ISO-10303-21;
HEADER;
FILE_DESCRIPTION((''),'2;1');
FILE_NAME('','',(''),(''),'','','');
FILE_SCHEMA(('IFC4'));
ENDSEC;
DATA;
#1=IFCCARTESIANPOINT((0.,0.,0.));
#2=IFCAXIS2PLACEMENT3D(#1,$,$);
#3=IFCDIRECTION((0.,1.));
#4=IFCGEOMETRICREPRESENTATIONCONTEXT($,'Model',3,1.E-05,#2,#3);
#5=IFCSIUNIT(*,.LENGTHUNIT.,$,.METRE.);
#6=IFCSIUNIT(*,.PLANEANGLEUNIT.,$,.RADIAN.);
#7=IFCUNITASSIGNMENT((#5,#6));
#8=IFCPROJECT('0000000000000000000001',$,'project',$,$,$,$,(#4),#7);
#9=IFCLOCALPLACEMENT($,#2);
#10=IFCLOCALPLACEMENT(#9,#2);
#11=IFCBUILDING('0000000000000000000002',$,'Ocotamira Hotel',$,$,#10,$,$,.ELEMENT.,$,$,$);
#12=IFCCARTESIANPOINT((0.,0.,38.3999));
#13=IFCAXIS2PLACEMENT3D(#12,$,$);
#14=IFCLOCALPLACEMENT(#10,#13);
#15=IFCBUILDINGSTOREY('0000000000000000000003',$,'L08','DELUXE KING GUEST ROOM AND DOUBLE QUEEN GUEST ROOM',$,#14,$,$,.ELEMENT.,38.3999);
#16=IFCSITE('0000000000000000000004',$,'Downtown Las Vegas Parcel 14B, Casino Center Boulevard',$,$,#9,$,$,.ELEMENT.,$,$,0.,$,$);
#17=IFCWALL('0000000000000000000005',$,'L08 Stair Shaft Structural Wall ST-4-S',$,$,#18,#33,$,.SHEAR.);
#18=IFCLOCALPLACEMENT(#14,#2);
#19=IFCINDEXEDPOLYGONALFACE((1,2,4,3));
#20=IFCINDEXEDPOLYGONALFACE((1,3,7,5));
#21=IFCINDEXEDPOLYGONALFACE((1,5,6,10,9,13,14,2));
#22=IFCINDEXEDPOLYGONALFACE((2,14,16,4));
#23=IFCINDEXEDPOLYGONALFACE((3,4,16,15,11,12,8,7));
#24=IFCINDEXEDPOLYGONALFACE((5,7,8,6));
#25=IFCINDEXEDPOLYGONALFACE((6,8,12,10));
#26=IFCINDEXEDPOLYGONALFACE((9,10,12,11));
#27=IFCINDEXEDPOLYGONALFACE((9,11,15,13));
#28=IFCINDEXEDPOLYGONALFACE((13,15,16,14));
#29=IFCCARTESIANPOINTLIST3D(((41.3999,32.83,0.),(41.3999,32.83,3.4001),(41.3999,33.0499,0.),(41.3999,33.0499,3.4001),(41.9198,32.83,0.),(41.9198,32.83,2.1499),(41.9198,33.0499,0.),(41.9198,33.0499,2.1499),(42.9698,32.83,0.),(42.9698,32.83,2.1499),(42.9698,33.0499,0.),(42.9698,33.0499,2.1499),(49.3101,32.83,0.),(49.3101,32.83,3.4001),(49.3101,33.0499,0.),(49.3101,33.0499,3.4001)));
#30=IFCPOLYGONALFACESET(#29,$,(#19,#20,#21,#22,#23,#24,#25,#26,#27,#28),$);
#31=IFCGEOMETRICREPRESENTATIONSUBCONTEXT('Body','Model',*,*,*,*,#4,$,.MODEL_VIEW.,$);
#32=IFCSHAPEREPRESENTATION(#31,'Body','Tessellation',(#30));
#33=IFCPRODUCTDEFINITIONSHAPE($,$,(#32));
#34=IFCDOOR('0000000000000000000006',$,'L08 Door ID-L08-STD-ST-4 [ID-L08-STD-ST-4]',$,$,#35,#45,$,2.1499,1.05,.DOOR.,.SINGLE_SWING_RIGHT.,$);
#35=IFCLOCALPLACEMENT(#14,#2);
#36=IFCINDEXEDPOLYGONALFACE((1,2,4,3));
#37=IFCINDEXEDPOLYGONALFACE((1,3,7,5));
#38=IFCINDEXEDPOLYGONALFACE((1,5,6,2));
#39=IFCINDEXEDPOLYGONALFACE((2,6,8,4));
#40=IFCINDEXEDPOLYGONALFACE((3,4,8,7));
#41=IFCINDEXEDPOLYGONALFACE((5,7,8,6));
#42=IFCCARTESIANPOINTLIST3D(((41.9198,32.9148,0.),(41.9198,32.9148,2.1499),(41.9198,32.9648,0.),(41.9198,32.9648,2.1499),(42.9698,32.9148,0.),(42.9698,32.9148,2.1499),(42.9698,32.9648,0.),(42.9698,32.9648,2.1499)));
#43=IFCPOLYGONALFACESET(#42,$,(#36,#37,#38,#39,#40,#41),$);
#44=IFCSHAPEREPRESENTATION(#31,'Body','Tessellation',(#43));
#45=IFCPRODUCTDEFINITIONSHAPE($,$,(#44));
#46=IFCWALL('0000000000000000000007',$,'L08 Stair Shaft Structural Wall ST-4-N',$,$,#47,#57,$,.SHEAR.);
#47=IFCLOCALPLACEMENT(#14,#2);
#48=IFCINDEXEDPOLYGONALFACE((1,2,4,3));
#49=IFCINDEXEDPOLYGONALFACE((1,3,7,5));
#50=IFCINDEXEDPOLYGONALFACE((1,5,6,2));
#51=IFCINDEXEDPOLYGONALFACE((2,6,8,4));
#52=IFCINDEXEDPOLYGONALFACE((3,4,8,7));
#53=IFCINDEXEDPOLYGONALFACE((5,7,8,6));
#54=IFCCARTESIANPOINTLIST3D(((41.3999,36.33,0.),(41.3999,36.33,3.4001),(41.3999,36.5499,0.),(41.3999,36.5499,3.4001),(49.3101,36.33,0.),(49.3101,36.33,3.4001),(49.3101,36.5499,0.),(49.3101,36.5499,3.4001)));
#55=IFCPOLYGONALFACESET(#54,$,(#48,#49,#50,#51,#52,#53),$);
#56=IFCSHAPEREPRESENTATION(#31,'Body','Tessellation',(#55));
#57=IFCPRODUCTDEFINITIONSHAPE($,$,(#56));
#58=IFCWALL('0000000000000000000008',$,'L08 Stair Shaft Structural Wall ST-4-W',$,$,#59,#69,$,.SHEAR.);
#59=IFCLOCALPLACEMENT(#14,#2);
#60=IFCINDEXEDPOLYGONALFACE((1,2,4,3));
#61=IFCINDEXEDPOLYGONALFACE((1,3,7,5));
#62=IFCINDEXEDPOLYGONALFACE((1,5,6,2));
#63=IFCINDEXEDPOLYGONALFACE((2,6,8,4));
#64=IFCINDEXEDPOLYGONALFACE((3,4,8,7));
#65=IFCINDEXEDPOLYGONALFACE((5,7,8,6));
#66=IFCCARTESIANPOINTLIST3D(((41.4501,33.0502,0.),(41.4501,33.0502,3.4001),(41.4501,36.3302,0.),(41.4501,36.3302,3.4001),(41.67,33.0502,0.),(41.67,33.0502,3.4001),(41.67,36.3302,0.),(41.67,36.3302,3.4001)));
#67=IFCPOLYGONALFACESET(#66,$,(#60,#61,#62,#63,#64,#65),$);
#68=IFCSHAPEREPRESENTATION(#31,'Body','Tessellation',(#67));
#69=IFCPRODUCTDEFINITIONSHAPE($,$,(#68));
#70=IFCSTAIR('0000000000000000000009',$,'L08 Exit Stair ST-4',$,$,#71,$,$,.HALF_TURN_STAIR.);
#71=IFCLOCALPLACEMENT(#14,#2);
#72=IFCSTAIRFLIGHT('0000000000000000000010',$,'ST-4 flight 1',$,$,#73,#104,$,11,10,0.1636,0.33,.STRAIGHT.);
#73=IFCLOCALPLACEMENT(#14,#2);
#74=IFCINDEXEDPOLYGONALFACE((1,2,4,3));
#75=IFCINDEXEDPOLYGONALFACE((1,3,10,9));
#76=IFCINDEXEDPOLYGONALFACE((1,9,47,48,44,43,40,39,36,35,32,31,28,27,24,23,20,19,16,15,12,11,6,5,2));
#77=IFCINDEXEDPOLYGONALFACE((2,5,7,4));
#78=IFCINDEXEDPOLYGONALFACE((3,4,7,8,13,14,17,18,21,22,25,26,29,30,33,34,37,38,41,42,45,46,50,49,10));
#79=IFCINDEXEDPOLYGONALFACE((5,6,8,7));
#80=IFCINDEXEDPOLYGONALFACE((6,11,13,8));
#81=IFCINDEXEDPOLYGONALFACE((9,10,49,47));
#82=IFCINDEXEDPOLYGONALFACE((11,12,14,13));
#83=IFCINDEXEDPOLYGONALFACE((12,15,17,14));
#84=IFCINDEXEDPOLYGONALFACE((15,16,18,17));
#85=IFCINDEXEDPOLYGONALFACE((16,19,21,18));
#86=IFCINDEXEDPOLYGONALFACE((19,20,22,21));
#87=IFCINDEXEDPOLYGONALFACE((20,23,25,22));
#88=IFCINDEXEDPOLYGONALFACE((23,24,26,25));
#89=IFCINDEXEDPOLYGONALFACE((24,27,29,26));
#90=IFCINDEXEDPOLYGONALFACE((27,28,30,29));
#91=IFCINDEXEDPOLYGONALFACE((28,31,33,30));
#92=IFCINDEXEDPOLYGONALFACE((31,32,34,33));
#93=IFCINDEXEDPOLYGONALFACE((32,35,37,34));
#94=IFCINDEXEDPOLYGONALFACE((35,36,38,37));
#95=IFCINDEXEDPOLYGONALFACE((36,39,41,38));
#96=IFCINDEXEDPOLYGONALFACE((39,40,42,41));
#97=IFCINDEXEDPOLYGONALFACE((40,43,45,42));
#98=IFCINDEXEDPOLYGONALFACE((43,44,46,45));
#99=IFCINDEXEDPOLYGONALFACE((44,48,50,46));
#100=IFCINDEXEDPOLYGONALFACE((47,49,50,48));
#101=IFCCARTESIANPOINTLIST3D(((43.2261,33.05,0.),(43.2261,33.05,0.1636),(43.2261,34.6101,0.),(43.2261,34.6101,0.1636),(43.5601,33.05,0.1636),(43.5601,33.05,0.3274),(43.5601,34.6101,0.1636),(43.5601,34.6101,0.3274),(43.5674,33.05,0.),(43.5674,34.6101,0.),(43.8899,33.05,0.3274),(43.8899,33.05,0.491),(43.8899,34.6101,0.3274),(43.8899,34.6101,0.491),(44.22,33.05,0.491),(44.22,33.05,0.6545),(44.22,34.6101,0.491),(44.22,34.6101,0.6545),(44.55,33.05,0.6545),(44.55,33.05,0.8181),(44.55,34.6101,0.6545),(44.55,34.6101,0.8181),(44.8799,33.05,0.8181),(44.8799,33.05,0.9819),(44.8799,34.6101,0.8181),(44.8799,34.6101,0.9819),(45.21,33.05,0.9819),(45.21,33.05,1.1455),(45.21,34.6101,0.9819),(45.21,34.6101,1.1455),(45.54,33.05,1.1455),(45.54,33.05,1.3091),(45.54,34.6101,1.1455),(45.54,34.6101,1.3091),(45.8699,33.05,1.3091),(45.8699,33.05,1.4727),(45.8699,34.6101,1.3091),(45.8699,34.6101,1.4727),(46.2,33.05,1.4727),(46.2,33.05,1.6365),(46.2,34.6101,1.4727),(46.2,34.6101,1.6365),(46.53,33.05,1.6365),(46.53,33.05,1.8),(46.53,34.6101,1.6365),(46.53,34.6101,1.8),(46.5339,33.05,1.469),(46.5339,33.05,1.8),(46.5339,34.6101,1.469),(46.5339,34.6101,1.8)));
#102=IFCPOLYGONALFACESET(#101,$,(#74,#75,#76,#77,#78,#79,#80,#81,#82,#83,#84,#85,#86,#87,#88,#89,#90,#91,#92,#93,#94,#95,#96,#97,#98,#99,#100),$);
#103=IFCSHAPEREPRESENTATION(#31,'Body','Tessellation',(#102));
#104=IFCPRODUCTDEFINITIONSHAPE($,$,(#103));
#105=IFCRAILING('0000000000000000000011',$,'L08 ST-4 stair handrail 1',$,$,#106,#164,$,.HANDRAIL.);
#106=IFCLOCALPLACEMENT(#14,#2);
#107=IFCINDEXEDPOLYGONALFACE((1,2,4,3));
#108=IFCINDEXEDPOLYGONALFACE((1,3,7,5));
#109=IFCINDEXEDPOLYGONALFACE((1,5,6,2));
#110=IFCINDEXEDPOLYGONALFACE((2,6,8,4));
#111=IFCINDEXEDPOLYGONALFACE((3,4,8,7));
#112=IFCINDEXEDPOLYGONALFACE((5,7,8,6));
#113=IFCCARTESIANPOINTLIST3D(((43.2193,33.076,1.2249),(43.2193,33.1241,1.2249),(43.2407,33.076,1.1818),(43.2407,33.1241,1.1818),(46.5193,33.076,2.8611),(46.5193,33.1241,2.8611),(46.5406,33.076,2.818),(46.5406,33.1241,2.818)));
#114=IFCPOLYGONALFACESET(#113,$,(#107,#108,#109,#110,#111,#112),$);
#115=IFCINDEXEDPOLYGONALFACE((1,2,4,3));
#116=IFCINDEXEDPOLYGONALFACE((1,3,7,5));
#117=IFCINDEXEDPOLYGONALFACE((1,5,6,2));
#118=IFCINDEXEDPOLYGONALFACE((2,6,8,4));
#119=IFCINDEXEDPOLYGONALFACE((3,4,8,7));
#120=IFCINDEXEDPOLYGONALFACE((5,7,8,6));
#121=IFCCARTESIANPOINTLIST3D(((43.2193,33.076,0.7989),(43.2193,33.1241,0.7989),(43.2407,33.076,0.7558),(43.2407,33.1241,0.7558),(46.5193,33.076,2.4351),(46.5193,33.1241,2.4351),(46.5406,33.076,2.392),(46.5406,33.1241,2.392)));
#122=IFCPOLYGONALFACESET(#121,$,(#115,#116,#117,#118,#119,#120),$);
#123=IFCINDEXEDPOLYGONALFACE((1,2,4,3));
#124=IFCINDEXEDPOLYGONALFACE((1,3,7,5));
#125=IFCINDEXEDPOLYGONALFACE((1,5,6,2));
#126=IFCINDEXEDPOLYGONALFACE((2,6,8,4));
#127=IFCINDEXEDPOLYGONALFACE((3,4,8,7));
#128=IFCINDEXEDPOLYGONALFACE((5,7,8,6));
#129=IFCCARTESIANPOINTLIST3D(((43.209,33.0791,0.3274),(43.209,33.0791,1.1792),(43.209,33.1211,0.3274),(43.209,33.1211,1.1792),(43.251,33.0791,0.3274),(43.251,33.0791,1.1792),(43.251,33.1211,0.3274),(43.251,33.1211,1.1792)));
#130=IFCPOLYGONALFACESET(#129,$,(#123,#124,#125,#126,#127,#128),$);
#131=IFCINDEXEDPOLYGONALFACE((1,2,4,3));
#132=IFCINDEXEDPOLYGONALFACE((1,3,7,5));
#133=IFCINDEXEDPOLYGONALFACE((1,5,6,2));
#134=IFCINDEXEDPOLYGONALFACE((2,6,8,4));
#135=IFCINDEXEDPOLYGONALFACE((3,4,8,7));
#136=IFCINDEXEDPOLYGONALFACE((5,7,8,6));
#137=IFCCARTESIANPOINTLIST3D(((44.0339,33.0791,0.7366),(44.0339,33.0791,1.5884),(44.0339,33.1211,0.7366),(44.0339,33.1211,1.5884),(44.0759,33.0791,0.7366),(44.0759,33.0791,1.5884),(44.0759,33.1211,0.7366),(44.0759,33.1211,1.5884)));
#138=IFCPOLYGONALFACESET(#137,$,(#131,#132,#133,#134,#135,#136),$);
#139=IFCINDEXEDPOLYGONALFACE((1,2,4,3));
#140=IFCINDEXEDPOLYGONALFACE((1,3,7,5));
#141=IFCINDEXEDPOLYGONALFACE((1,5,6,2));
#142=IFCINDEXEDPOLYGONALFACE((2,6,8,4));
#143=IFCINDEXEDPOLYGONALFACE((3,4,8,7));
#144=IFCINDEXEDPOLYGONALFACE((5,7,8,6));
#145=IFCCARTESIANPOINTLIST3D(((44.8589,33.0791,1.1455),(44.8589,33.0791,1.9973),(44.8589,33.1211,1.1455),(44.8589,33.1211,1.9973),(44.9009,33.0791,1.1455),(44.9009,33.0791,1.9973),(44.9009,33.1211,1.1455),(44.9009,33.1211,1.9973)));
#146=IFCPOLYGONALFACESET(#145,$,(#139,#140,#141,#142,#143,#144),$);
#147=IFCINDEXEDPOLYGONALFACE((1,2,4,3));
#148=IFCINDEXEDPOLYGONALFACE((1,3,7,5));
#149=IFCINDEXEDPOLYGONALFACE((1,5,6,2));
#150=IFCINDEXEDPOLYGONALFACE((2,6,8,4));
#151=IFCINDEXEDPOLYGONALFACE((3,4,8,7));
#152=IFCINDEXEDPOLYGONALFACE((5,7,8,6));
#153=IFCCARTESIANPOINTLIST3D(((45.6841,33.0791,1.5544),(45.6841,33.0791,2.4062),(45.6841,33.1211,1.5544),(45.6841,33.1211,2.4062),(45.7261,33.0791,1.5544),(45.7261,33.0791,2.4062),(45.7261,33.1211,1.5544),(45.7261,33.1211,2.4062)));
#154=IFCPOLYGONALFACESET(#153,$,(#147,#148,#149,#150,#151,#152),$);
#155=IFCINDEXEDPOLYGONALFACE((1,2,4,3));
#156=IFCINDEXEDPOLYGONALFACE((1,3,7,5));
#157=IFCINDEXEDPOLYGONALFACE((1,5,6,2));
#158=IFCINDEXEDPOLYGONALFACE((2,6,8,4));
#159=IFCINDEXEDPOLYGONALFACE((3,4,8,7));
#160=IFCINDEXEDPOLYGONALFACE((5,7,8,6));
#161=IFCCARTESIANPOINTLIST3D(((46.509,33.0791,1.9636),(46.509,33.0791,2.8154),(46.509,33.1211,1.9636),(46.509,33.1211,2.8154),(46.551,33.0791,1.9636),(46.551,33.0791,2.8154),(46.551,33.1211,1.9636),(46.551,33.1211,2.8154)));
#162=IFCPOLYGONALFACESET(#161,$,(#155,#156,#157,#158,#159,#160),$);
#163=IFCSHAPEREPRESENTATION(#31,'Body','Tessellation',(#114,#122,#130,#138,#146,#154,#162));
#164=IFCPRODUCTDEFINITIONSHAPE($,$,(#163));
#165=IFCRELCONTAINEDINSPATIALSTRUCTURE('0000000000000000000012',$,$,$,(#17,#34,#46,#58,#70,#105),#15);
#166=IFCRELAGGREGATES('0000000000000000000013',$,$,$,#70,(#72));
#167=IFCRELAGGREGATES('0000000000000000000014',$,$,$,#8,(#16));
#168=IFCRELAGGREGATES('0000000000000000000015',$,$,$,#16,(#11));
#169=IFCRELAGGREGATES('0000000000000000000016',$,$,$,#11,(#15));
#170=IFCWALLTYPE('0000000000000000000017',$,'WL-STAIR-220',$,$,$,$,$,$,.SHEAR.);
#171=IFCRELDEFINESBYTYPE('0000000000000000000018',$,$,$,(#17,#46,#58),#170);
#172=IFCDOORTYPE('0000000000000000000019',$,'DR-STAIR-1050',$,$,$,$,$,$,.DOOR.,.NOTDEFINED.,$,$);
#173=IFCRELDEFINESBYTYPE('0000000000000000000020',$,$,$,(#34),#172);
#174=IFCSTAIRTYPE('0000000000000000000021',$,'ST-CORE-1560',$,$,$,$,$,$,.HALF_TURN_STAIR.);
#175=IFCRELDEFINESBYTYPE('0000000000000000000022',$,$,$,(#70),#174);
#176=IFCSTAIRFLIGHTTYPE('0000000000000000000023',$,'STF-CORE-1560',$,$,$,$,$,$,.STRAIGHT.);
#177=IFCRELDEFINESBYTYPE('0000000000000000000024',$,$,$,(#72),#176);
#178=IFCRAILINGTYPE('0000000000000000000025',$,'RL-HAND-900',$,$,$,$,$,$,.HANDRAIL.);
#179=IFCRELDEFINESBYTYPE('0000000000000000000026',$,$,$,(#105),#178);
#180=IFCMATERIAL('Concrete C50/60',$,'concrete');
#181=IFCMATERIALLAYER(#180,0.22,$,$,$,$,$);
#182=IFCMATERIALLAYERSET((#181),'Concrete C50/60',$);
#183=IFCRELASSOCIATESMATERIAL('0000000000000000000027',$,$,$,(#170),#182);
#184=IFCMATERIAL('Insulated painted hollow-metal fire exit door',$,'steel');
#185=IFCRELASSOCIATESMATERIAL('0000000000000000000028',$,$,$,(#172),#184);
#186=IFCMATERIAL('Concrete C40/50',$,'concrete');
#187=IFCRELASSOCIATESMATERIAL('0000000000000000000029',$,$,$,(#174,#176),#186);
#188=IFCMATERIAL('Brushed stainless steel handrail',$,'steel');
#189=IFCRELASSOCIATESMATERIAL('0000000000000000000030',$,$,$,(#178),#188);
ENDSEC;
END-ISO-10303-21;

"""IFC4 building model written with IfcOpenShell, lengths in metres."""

from ifc_helpers import new_model, si_unit, direction, frame, frame_2d, origin, origin_2d, place, context, subcontext, project, spatial, polyline, rectangle, outline, extrude, source, transform, mapped, material, layer, layer_set, type_object, element, fill, aggregate, save


model = new_model("IFC4")

# Units and contexts
model_context = context("Model", 3, precision=1e-05, world=origin(), true_north=direction((0.0, 1.0)))
body_context = subcontext(model_context, "Body", "Model", "MODEL_VIEW")
ifc_project = project(units=[si_unit("LENGTHUNIT", "METRE"), si_unit("PLANEANGLEUNIT", "RADIAN")], contexts=[model_context])

# Site, building, storey
site_placement = place(None, origin())
site = spatial("IfcSite", under=ifc_project, at=site_placement, Name="Downtown Las Vegas Parcel 14B, Casino Center Boulevard", CompositionType="ELEMENT", RefElevation=0.0)
building_placement = place(site_placement, origin())
building = spatial("IfcBuilding", under=site, at=building_placement, Name="Ocotamira Hotel", CompositionType="ELEMENT")
storey_placement = place(building_placement, frame((0.0, 0.0, 38.3999)))
storey = spatial("IfcBuildingStorey", under=building, at=storey_placement, Name="L08", Description="DELUXE KING GUEST ROOM AND DOUBLE QUEEN GUEST ROOM", CompositionType="ELEMENT", Elevation=38.3999)

# Wall, opening, door
ifc_material_1 = material(Name="Concrete C50/60", Category="concrete")
ifc_layer_1 = layer(ifc_material_1, 0.22)
ifc_layer_set_1 = layer_set([ifc_layer_1], Name="Concrete C50/60")
wall_type_1 = type_object("IfcWallType", Name="WL-STAIR-220", PredefinedType="SHEAR", material=ifc_layer_set_1)
wall_1_placement = place(storey_placement, frame((41.3999, 32.9399, 0.0), z_axis=(0.0, 0.0, 1.0), x_axis=(1.0, 0.0, 0.0)))
wall_1 = element("IfcWall", 1, at=wall_1_placement, inside=storey, type_object=wall_type_1, Name="L08 Stair Shaft Structural Wall ST-4-S", PredefinedType="SHEAR", context=body_context, shape_type="SweptSolid", body=[
    extrude(rectangle(XDim=7.9102, YDim=0.22, at=frame_2d((3.9551, 0.0))), origin(), (0.0, 0.0, 1.0), 3.4001),
])
opening_1_placement = place(wall_1_placement, frame((0.52, 0.0, 0.0)))
opening_1 = element("IfcOpeningElement", 2, at=opening_1_placement, cuts=wall_1, PredefinedType="OPENING", context=body_context, shape_type="SweptSolid", body=[
    extrude(rectangle(XDim=1.05, YDim=2.1499, at=frame_2d((0.5249, 1.075))), frame((0.0, 0.1201, 0.0), z_axis=(0.0, -1.0, 0.0), x_axis=(1.0, 0.0, 0.0)), (0.0, 0.0, 1.0), 0.24),
])
ifc_material_2 = material(Name="Insulated painted hollow-metal fire exit door", Category="steel")
door_type_1 = type_object("IfcDoorType", Name="DR-STAIR-1050", OperationType="NOTDEFINED", PredefinedType="DOOR", material=ifc_material_2)
shared_shape_1 = source(origin(), body_context, "Body", "SweptSolid", [
    extrude(rectangle(XDim=1.05, YDim=2.1499, at=frame_2d((0.5249, 1.075))), frame((0.0, 0.0249, 0.0), z_axis=(0.0, -1.0, 0.0), x_axis=(1.0, 0.0, 0.0)), (0.0, 0.0, 1.0), 0.05),
])
door_1_placement = place(opening_1_placement, origin())
door_1 = element("IfcDoor", 3, at=door_1_placement, inside=storey, type_object=door_type_1, Name="L08 Door ID-L08-STD-ST-4 [ID-L08-STD-ST-4]", OperationType="SINGLE_SWING_RIGHT", OverallHeight=2.1499, OverallWidth=1.05, PredefinedType="DOOR", context=body_context, shape_type="MappedRepresentation", body=[
    mapped(shared_shape_1, transform((0.0, 0.0, 0.0), scale=1.0)),
])
fill(opening_1, door_1)

# Walls
wall_2_placement = place(storey_placement, frame((41.3999, 36.4399, 0.0), z_axis=(0.0, 0.0, 1.0), x_axis=(1.0, 0.0, 0.0)))
element("IfcWall", 4, at=wall_2_placement, inside=storey, type_object=wall_type_1, Name="L08 Stair Shaft Structural Wall ST-4-N", PredefinedType="SHEAR", context=body_context, shape_type="SweptSolid", body=[
    extrude(rectangle(XDim=7.9102, YDim=0.22, at=frame_2d((3.9551, 0.0))), origin(), (0.0, 0.0, 1.0), 3.4001),
])
wall_3_placement = place(storey_placement, frame((41.5601, 33.05, 0.0), z_axis=(0.0, 0.0, 1.0), x_axis=(0.0, 1.0, 0.0)))
element("IfcWall", 5, at=wall_3_placement, inside=storey, type_object=wall_type_1, Name="L08 Stair Shaft Structural Wall ST-4-W", PredefinedType="SHEAR", context=body_context, shape_type="SweptSolid", body=[
    extrude(rectangle(XDim=3.28, YDim=0.22, at=frame_2d((1.6401, 0.0))), origin(), (0.0, 0.0, 1.0), 3.4001),
])

# Stair, stair flight
ifc_material_3 = material(Name="Concrete C40/50", Category="concrete")
stair_type = type_object("IfcStairType", Name="ST-CORE-1560", PredefinedType="HALF_TURN_STAIR", material=ifc_material_3)
stair_placement = place(storey_placement, origin())
stair = element("IfcStair", 6, at=stair_placement, inside=storey, type_object=stair_type, Name="L08 Exit Stair ST-4", PredefinedType="HALF_TURN_STAIR")
stair_flight_type = type_object("IfcStairFlightType", Name="STF-CORE-1560", PredefinedType="STRAIGHT", material=ifc_material_3)
shared_shape_2 = source(origin(), body_context, "Body", "SweptSolid", [
    extrude(outline(polyline([(-0.0039, 0.0), (-0.0039, 0.1636), (0.3301, 0.1636), (0.3301, 0.3274), (0.6599, 0.3274), (0.6599, 0.491), (0.99, 0.491), (0.99, 0.6545), (1.3201, 0.6545), (1.3201, 0.8181), (1.6499, 0.8181), (1.6499, 0.9819), (1.98, 0.9819), (1.98, 1.1455), (2.3101, 1.1455), (2.3101, 1.3091), (2.6399, 1.3091), (2.6399, 1.4727), (2.97, 1.4727), (2.97, 1.6365), (3.3, 1.6365), (3.3, 1.8), (3.304, 1.8), (3.304, 1.469), (0.3374, 0.0), (-0.0039, 0.0)])), frame((0.0, 0.78, 0.0), z_axis=(0.0, -1.0, 0.0), x_axis=(1.0, 0.0, 0.0)), (0.0, 0.0, 1.0), 1.5601),
])
stair_flight_placement = place(storey_placement, frame((43.23, 33.8301, 0.0), z_axis=(0.0, 0.0, 1.0), x_axis=(1.0, 0.0, 0.0)))
stair_flight = element("IfcStairFlight", 7, at=stair_flight_placement, type_object=stair_flight_type, Name="ST-4 flight 1", NumberOfRisers=11, NumberOfTreads=10, PredefinedType="STRAIGHT", RiserHeight=0.1636, TreadLength=0.33, context=body_context, shape_type="MappedRepresentation", body=[
    mapped(shared_shape_2, transform((0.0, 0.0, 0.0), scale=1.0)),
])
aggregate(stair, [stair_flight])

# Railing
ifc_material_4 = material(Name="Brushed stainless steel handrail", Category="steel")
railing_type_1 = type_object("IfcRailingType", Name="RL-HAND-900", PredefinedType="HANDRAIL", material=ifc_material_4)
railing_1_placement = place(storey_placement, frame((43.23, 33.1001, 0.3274)))
element("IfcRailing", 8, at=railing_1_placement, inside=storey, type_object=railing_type_1, Name="L08 ST-4 stair handrail 1", PredefinedType="HANDRAIL", context=body_context, shape_type="SweptSolid", body=[
    extrude(rectangle(XDim=0.0481, YDim=0.0481, at=origin_2d()), frame((0.0, 0.0, 0.876), z_axis=(0.89592, 0.0, 0.444215), x_axis=(0.0, 1.0, 0.0)), (0.0, 0.0, 1.0), 3.6833),
    extrude(rectangle(XDim=0.0481, YDim=0.0481, at=origin_2d()), frame((0.0, 0.0, 0.45), z_axis=(0.89592, 0.0, 0.444215), x_axis=(0.0, 1.0, 0.0)), (0.0, 0.0, 1.0), 3.6833),
    extrude(rectangle(XDim=0.042, YDim=0.042, at=origin_2d()), origin(), (0.0, 0.0, 1.0), 0.8518),
    extrude(rectangle(XDim=0.042, YDim=0.042, at=origin_2d()), frame((0.825, 0.0, 0.4092)), (0.0, 0.0, 1.0), 0.8518),
    extrude(rectangle(XDim=0.042, YDim=0.042, at=origin_2d()), frame((1.6499, 0.0, 0.8181)), (0.0, 0.0, 1.0), 0.8518),
    extrude(rectangle(XDim=0.042, YDim=0.042, at=origin_2d()), frame((2.4751, 0.0, 1.2271)), (0.0, 0.0, 1.0), 0.8518),
    extrude(rectangle(XDim=0.042, YDim=0.042, at=origin_2d()), frame((3.3, 0.0, 1.6362)), (0.0, 0.0, 1.0), 0.8518),
])

save(model, "model.ifc")
